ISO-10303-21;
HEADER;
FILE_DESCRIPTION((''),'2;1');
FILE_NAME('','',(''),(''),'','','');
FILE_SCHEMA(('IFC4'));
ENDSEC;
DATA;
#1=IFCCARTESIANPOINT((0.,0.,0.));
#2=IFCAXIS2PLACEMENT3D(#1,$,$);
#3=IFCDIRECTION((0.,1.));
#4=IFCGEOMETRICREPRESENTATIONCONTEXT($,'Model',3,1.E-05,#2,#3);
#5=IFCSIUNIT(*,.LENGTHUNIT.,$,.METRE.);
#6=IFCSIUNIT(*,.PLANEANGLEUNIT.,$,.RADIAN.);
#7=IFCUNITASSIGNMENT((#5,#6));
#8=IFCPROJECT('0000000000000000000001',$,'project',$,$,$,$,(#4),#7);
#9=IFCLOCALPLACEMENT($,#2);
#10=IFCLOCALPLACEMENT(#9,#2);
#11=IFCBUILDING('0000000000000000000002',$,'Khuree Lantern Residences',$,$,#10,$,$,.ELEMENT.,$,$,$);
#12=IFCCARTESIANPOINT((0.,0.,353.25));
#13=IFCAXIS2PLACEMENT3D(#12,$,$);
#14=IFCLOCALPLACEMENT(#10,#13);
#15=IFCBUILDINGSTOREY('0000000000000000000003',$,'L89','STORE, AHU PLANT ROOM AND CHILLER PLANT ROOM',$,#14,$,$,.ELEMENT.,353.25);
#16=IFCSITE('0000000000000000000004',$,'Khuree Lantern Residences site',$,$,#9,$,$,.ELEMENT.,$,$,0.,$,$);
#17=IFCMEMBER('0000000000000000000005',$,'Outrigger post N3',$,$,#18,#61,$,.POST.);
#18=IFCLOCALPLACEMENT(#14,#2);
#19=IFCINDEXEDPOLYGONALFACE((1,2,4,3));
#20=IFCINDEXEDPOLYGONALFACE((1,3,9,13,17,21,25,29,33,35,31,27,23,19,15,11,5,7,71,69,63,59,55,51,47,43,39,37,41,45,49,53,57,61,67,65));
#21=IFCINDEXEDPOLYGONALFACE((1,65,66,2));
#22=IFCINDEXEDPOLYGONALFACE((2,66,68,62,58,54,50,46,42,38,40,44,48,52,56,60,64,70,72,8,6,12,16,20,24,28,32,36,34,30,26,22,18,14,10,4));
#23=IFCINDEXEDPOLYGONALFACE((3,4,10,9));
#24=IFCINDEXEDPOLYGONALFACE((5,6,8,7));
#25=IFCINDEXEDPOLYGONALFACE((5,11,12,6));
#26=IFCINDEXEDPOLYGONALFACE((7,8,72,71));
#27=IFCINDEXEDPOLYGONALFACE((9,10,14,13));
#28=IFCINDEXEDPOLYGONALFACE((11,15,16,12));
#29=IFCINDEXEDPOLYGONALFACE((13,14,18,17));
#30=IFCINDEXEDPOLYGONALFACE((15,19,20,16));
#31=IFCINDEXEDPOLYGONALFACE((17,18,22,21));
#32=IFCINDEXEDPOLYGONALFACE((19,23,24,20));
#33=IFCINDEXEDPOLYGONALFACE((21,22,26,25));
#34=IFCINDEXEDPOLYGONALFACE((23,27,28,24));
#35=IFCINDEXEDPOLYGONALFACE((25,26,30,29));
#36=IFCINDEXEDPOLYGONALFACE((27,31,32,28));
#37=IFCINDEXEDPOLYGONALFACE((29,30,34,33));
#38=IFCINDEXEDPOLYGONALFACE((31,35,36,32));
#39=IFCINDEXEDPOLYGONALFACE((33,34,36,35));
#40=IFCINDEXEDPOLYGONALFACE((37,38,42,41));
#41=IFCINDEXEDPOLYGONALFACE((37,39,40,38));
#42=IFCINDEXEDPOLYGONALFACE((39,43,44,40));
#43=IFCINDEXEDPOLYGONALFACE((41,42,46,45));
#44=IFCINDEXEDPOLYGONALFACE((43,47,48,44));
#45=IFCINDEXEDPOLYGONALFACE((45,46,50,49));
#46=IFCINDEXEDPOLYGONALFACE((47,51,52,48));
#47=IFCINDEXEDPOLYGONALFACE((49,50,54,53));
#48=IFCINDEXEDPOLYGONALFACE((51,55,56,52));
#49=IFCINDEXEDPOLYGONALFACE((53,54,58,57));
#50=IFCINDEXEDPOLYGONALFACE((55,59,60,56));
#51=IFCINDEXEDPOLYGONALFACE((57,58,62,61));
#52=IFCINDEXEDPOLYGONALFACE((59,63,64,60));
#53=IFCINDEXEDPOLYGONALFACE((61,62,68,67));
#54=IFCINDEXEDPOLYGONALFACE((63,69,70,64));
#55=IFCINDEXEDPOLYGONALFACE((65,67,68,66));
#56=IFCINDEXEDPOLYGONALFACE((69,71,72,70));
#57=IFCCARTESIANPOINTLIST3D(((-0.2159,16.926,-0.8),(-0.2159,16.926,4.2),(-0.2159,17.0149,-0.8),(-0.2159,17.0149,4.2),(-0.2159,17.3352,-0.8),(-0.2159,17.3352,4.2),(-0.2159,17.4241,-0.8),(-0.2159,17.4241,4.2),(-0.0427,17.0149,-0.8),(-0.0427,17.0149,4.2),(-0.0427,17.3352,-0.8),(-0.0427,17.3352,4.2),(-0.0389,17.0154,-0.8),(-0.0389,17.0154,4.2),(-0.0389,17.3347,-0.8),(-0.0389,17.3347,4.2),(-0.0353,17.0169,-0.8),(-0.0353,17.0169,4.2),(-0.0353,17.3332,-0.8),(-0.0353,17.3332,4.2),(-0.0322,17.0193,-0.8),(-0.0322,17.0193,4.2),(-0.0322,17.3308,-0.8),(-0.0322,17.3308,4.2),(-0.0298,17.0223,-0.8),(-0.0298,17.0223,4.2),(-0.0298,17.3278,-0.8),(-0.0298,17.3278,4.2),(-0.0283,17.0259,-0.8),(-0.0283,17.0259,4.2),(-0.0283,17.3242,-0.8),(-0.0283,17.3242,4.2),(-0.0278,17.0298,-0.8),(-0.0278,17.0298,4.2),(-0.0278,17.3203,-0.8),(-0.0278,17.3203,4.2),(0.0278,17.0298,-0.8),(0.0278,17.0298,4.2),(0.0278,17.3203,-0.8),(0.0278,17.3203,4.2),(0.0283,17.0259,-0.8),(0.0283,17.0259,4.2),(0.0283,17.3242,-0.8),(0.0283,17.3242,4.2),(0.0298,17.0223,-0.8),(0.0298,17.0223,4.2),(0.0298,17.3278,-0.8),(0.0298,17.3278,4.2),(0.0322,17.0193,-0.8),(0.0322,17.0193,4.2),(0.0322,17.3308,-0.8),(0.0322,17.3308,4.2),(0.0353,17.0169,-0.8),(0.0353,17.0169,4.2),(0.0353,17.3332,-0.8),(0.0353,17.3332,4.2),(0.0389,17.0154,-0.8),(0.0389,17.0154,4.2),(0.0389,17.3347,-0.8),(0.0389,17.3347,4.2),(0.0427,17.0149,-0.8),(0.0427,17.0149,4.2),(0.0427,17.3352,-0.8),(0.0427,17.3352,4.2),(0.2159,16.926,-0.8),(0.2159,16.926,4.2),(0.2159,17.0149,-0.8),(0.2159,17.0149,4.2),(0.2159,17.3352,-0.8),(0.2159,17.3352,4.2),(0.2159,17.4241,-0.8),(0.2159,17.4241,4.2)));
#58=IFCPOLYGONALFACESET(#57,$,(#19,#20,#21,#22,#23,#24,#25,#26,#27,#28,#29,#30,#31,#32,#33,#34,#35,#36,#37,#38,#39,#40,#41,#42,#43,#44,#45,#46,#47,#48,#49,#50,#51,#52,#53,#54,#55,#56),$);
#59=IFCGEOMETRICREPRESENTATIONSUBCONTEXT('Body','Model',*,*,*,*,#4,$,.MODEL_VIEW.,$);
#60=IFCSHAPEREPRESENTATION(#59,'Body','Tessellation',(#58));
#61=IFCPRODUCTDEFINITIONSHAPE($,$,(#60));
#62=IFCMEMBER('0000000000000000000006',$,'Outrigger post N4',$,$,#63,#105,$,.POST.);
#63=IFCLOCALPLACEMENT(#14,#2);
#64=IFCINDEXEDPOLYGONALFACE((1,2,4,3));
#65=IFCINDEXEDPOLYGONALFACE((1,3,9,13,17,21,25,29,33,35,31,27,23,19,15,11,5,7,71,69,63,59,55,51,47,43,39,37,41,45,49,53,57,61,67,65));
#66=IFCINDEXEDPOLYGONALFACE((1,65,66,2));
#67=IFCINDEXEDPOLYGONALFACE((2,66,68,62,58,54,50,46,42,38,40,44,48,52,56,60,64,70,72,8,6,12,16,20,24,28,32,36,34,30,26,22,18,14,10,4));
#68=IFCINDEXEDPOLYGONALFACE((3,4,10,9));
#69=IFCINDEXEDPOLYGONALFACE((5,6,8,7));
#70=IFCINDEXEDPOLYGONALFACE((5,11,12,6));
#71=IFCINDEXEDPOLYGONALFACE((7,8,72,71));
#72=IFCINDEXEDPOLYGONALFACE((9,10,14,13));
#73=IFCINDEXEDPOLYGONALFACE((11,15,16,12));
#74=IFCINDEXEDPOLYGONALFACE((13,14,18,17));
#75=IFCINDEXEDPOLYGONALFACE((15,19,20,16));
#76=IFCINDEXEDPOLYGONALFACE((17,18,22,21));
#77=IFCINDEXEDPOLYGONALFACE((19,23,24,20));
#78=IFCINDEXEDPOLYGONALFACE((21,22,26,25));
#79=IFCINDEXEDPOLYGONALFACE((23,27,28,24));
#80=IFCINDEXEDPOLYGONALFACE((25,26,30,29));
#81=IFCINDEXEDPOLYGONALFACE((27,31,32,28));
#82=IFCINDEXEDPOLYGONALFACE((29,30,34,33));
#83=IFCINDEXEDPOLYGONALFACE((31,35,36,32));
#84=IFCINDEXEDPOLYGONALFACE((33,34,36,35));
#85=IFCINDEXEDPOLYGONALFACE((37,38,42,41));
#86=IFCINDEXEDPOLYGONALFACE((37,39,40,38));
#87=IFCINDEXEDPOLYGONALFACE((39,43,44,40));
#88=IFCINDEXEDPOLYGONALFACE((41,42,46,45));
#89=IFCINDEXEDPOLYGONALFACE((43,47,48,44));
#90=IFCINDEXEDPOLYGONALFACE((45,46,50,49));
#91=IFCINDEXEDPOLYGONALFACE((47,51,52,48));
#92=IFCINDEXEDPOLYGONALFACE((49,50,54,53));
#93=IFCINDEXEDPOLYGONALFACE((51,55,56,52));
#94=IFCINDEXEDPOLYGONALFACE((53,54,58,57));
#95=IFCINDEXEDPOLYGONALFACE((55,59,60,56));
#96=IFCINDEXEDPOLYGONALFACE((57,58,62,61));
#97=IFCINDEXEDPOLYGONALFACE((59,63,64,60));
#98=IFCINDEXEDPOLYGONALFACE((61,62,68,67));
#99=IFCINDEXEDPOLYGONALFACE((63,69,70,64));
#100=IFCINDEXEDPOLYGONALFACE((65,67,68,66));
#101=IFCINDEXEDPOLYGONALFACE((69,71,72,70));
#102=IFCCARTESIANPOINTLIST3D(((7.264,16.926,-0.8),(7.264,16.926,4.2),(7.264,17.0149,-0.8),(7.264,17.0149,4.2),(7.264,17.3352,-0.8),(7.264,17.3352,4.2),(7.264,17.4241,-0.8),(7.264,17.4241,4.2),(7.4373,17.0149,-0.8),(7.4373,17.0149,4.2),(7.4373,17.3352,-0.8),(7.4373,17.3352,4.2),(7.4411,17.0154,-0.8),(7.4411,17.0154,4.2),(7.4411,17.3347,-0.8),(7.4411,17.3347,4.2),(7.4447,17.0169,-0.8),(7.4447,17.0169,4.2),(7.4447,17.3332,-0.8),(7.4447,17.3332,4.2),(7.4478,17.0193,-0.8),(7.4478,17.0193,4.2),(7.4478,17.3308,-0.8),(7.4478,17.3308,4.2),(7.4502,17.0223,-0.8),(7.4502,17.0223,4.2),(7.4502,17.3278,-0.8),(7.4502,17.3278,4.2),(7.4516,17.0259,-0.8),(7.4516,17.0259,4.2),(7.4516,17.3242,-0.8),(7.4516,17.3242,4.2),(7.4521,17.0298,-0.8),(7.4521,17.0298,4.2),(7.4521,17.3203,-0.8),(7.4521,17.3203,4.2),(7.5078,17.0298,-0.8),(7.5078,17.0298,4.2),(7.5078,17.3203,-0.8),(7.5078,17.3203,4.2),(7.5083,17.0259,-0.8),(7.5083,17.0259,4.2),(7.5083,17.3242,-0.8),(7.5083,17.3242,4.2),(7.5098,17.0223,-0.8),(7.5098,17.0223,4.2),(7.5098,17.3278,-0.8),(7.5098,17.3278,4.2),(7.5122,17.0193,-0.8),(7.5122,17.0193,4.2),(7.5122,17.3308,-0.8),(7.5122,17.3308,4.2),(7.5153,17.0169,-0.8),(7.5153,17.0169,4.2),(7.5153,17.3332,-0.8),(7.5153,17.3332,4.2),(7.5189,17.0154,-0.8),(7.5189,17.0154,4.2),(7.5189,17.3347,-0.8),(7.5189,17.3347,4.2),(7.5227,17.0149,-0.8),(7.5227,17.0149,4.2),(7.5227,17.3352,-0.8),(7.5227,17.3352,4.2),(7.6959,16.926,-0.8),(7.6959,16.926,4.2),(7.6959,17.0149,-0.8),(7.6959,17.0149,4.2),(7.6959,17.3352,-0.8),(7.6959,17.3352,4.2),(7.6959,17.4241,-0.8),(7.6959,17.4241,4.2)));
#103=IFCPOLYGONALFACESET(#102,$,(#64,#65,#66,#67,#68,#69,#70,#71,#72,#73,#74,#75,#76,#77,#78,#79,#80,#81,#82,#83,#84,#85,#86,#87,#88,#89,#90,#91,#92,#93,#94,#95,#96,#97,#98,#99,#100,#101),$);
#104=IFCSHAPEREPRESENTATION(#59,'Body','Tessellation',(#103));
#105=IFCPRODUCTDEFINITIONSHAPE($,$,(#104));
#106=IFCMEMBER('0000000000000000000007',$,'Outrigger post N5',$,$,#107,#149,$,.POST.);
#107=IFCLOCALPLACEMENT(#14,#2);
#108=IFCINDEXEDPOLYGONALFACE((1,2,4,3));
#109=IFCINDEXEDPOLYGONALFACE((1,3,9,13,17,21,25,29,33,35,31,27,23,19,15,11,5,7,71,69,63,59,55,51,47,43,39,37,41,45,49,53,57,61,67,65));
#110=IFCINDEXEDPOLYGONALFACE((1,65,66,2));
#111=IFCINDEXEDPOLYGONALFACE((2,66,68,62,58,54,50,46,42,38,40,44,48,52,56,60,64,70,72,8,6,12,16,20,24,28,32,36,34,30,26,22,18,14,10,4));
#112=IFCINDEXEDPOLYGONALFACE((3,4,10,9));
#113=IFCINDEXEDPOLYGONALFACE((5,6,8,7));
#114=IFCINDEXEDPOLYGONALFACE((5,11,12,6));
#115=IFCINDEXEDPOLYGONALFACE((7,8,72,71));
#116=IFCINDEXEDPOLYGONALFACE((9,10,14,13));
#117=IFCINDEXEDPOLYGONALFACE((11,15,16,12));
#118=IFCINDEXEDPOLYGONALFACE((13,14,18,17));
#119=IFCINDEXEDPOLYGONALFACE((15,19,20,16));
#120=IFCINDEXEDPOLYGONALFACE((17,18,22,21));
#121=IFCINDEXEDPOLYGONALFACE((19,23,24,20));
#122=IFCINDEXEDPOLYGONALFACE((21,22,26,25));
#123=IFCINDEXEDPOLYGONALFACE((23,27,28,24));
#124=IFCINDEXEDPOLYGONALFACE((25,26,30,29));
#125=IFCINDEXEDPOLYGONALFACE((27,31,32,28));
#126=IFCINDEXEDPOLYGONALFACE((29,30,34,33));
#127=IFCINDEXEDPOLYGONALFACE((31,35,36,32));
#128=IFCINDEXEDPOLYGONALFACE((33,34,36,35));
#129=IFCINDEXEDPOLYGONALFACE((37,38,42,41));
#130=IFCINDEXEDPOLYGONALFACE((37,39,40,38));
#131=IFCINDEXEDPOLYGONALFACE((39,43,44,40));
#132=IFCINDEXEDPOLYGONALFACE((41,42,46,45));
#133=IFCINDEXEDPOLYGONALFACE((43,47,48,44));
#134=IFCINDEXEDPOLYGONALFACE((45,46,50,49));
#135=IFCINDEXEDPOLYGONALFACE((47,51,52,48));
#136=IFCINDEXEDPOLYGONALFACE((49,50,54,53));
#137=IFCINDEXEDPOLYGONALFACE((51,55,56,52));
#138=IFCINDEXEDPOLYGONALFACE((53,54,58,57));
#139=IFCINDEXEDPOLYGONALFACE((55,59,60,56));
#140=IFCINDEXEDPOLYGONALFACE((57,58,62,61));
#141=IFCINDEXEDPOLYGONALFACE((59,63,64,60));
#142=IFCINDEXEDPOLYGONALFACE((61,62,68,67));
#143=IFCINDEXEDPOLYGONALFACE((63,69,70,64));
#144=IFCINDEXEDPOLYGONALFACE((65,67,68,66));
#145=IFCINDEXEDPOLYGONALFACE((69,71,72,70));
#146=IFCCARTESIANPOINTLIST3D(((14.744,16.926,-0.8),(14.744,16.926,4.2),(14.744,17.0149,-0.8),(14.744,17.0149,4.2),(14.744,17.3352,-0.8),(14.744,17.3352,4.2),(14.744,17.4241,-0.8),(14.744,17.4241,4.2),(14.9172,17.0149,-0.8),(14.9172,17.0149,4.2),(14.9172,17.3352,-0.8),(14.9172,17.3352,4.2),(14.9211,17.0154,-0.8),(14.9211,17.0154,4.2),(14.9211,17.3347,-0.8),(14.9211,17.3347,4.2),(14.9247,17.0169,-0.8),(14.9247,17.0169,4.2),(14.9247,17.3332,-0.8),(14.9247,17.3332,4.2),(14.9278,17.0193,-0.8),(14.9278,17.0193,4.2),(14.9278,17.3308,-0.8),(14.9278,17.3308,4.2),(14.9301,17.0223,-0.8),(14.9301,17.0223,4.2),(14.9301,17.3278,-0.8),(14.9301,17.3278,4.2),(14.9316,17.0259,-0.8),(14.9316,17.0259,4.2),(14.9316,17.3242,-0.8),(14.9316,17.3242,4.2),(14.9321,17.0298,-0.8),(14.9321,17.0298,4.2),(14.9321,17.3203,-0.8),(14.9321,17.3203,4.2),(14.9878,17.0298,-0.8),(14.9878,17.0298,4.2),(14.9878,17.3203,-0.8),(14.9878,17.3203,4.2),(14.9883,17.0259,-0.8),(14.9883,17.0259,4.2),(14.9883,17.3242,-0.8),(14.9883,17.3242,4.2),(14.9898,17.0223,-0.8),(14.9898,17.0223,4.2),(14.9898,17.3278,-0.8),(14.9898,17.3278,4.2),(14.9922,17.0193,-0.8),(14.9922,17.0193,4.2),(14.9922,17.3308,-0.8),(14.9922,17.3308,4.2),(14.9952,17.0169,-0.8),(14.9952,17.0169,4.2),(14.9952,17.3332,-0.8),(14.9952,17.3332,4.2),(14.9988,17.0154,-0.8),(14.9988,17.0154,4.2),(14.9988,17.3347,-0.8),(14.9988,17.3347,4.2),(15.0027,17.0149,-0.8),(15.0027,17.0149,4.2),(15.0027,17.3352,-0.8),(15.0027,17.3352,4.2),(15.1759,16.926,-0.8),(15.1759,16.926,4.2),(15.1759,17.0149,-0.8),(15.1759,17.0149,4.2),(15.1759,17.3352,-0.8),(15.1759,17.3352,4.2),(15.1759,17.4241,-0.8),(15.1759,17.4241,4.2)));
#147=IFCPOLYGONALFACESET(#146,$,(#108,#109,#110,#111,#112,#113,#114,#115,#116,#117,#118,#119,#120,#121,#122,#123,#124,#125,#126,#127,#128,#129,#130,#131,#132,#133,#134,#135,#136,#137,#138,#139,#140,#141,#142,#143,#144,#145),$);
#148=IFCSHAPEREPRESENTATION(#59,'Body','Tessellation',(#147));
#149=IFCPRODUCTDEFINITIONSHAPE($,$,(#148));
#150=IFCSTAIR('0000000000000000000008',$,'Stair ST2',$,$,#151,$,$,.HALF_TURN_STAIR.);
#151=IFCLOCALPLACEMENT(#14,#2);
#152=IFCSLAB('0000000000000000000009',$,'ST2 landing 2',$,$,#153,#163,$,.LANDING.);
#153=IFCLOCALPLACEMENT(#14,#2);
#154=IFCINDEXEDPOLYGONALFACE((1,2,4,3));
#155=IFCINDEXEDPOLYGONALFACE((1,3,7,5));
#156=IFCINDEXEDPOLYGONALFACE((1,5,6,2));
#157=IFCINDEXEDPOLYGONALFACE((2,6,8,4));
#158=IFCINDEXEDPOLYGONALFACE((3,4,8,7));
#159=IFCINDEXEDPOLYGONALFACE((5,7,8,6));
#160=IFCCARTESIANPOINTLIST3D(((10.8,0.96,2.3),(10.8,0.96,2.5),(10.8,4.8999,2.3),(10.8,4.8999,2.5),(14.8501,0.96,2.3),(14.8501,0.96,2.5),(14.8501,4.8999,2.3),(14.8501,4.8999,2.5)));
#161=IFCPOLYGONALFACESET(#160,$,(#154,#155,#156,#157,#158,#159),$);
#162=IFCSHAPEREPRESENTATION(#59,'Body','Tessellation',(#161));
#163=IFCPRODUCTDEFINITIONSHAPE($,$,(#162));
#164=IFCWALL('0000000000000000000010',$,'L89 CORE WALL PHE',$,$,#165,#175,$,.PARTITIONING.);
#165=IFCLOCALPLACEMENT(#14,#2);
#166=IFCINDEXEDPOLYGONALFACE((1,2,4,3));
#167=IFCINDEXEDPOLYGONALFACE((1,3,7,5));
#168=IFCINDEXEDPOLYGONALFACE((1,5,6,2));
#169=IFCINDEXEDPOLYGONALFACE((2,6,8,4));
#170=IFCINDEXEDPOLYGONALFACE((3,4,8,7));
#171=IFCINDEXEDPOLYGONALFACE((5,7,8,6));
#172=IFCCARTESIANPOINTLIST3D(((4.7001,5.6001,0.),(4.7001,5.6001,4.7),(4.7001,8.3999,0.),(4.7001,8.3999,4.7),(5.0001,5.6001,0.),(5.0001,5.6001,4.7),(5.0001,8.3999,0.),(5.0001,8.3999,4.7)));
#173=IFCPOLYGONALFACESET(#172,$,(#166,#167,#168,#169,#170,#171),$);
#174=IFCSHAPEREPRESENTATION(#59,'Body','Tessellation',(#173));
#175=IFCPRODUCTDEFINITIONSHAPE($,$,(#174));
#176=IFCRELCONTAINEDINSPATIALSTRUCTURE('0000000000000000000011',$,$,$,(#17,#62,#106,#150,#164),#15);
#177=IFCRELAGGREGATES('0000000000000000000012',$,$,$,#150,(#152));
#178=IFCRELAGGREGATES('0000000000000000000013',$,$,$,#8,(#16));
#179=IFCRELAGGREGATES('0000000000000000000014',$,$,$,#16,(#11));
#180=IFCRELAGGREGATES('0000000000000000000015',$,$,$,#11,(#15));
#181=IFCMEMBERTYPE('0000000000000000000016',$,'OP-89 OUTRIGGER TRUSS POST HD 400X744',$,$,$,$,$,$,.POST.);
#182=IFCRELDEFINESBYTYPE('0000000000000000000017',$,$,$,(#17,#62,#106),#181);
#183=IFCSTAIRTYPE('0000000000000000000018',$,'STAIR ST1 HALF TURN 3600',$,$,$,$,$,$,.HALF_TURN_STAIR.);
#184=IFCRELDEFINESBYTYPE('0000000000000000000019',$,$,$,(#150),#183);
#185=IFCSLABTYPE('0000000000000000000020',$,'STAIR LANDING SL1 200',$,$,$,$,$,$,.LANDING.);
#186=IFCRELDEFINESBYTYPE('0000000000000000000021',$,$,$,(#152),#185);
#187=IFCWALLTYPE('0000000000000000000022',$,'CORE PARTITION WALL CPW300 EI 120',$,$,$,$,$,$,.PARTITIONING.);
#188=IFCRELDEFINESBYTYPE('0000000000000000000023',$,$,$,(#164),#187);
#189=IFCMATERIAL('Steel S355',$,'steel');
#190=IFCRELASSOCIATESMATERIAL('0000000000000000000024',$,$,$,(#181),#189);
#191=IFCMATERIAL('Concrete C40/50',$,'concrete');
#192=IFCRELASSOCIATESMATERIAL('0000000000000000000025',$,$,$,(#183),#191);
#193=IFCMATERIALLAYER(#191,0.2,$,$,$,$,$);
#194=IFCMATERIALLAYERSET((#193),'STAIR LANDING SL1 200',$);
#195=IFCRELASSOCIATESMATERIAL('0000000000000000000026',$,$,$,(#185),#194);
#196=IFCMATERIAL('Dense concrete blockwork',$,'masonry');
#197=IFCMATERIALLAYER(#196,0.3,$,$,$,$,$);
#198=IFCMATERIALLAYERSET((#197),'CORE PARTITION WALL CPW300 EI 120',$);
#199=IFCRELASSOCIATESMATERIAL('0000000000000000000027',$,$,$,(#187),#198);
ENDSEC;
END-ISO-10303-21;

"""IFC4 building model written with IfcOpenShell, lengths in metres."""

from ifc_helpers import new_model, si_unit, direction, frame, frame_2d, origin, origin_2d, place, context, subcontext, project, spatial, polyline, rectangle, i_section, outline, extrude, material, layer, layer_set, material_profile, profile_set, type_object, element, aggregate, save


model = new_model("IFC4")

# Units and contexts
model_context = context("Model", 3, precision=1e-05, world=origin(), true_north=direction((0.0, 1.0)))
body_context = subcontext(model_context, "Body", "Model", "MODEL_VIEW")
ifc_project = project(units=[si_unit("LENGTHUNIT", "METRE"), si_unit("PLANEANGLEUNIT", "RADIAN")], contexts=[model_context])

# Site, building, storey
site_placement = place(None, origin())
site = spatial("IfcSite", under=ifc_project, at=site_placement, Name="Khuree Lantern Residences site", CompositionType="ELEMENT", RefElevation=0.0)
building_placement = place(site_placement, origin())
building = spatial("IfcBuilding", under=site, at=building_placement, Name="Khuree Lantern Residences", CompositionType="ELEMENT")
storey_placement = place(building_placement, frame((0.0, 0.0, 353.25)))
storey = spatial("IfcBuildingStorey", under=building, at=storey_placement, Name="L89", Description="STORE, AHU PLANT ROOM AND CHILLER PLANT ROOM", CompositionType="ELEMENT", Elevation=353.25)

# Shared definitions
ifc_material_1 = material(Name="Steel S355", Category="steel")

# Members
ifc_material_profile_1 = material_profile(ifc_material_1, i_section(OverallWidth=0.4319, OverallDepth=0.498, WebThickness=0.0557, FlangeThickness=0.0889, FilletRadius=0.0149, at=origin_2d()), Name="HD 400X744")
ifc_profile_set_1 = profile_set([ifc_material_profile_1], Name="Steel S355")
member_type_1 = type_object("IfcMemberType", Name="OP-89 OUTRIGGER TRUSS POST HD 400X744", PredefinedType="POST", material=ifc_profile_set_1)
for number, where, z_axis, x_axis, name in (
    (1, (0.0, 17.175, -0.8), (0.0, 0.0, 1.0), (1.0, 0.0, 0.0), "Outrigger post N3"),
    (2, (7.48, 17.175, -0.8), (0.0, 0.0, 1.0), (1.0, 0.0, 0.0), "Outrigger post N4"),
    (3, (14.96, 17.175, -0.8), (0.0, 0.0, 1.0), (1.0, 0.0, 0.0), "Outrigger post N5"),
):
    element("IfcMember", number, at=place(storey_placement, frame(where, z_axis=z_axis, x_axis=x_axis)), inside=storey, type_object=member_type_1, Name=name, PredefinedType="POST", context=body_context, shape_type="SweptSolid", body=[
        extrude(i_section(OverallWidth=0.4319, OverallDepth=0.498, WebThickness=0.0557, FlangeThickness=0.0889, FilletRadius=0.0149, at=origin_2d()), origin(), (0.0, 0.0, 1.0), 5.0),
    ])

# Stair, slab
ifc_material_2 = material(Name="Concrete C40/50", Category="concrete")
stair_type = type_object("IfcStairType", Name="STAIR ST1 HALF TURN 3600", PredefinedType="HALF_TURN_STAIR", material=ifc_material_2)
stair_placement = place(storey_placement, origin())
stair = element("IfcStair", 4, at=stair_placement, inside=storey, type_object=stair_type, Name="Stair ST2", PredefinedType="HALF_TURN_STAIR")
ifc_layer_1 = layer(ifc_material_2, 0.2)
ifc_layer_set_1 = layer_set([ifc_layer_1], Name="STAIR LANDING SL1 200")
slab_type = type_object("IfcSlabType", Name="STAIR LANDING SL1 200", PredefinedType="LANDING", material=ifc_layer_set_1)
slab_placement = place(storey_placement, frame((0.0, 0.0, 2.3)))
slab = element("IfcSlab", 5, at=slab_placement, type_object=slab_type, Name="ST2 landing 2", PredefinedType="LANDING", context=body_context, shape_type="SweptSolid", body=[
    extrude(outline(polyline([(14.8501, 4.8999), (14.8501, 0.96), (10.8, 0.96), (10.8, 4.8999), (14.8501, 4.8999)])), origin(), (0.0, 0.0, 1.0), 0.2),
])

# Wall
ifc_material_3 = material(Name="Dense concrete blockwork", Category="masonry")
ifc_layer_2 = layer(ifc_material_3, 0.3)
ifc_layer_set_2 = layer_set([ifc_layer_2], Name="CORE PARTITION WALL CPW300 EI 120")
wall_type_1 = type_object("IfcWallType", Name="CORE PARTITION WALL CPW300 EI 120", PredefinedType="PARTITIONING", material=ifc_layer_set_2)
wall_1_placement = place(storey_placement, frame((4.8501, 5.6001, 0.0), z_axis=(0.0, 0.0, 1.0), x_axis=(0.0, 1.0, 0.0)))
element("IfcWall", 6, at=wall_1_placement, inside=storey, type_object=wall_type_1, Name="L89 CORE WALL PHE", PredefinedType="PARTITIONING", context=body_context, shape_type="SweptSolid", body=[
    extrude(rectangle(XDim=2.7998, YDim=0.3, at=frame_2d((1.3999, 0.0))), origin(), (0.0, 0.0, 1.0), 4.7),
])

aggregate(stair, [slab])

save(model, "model.ifc")
